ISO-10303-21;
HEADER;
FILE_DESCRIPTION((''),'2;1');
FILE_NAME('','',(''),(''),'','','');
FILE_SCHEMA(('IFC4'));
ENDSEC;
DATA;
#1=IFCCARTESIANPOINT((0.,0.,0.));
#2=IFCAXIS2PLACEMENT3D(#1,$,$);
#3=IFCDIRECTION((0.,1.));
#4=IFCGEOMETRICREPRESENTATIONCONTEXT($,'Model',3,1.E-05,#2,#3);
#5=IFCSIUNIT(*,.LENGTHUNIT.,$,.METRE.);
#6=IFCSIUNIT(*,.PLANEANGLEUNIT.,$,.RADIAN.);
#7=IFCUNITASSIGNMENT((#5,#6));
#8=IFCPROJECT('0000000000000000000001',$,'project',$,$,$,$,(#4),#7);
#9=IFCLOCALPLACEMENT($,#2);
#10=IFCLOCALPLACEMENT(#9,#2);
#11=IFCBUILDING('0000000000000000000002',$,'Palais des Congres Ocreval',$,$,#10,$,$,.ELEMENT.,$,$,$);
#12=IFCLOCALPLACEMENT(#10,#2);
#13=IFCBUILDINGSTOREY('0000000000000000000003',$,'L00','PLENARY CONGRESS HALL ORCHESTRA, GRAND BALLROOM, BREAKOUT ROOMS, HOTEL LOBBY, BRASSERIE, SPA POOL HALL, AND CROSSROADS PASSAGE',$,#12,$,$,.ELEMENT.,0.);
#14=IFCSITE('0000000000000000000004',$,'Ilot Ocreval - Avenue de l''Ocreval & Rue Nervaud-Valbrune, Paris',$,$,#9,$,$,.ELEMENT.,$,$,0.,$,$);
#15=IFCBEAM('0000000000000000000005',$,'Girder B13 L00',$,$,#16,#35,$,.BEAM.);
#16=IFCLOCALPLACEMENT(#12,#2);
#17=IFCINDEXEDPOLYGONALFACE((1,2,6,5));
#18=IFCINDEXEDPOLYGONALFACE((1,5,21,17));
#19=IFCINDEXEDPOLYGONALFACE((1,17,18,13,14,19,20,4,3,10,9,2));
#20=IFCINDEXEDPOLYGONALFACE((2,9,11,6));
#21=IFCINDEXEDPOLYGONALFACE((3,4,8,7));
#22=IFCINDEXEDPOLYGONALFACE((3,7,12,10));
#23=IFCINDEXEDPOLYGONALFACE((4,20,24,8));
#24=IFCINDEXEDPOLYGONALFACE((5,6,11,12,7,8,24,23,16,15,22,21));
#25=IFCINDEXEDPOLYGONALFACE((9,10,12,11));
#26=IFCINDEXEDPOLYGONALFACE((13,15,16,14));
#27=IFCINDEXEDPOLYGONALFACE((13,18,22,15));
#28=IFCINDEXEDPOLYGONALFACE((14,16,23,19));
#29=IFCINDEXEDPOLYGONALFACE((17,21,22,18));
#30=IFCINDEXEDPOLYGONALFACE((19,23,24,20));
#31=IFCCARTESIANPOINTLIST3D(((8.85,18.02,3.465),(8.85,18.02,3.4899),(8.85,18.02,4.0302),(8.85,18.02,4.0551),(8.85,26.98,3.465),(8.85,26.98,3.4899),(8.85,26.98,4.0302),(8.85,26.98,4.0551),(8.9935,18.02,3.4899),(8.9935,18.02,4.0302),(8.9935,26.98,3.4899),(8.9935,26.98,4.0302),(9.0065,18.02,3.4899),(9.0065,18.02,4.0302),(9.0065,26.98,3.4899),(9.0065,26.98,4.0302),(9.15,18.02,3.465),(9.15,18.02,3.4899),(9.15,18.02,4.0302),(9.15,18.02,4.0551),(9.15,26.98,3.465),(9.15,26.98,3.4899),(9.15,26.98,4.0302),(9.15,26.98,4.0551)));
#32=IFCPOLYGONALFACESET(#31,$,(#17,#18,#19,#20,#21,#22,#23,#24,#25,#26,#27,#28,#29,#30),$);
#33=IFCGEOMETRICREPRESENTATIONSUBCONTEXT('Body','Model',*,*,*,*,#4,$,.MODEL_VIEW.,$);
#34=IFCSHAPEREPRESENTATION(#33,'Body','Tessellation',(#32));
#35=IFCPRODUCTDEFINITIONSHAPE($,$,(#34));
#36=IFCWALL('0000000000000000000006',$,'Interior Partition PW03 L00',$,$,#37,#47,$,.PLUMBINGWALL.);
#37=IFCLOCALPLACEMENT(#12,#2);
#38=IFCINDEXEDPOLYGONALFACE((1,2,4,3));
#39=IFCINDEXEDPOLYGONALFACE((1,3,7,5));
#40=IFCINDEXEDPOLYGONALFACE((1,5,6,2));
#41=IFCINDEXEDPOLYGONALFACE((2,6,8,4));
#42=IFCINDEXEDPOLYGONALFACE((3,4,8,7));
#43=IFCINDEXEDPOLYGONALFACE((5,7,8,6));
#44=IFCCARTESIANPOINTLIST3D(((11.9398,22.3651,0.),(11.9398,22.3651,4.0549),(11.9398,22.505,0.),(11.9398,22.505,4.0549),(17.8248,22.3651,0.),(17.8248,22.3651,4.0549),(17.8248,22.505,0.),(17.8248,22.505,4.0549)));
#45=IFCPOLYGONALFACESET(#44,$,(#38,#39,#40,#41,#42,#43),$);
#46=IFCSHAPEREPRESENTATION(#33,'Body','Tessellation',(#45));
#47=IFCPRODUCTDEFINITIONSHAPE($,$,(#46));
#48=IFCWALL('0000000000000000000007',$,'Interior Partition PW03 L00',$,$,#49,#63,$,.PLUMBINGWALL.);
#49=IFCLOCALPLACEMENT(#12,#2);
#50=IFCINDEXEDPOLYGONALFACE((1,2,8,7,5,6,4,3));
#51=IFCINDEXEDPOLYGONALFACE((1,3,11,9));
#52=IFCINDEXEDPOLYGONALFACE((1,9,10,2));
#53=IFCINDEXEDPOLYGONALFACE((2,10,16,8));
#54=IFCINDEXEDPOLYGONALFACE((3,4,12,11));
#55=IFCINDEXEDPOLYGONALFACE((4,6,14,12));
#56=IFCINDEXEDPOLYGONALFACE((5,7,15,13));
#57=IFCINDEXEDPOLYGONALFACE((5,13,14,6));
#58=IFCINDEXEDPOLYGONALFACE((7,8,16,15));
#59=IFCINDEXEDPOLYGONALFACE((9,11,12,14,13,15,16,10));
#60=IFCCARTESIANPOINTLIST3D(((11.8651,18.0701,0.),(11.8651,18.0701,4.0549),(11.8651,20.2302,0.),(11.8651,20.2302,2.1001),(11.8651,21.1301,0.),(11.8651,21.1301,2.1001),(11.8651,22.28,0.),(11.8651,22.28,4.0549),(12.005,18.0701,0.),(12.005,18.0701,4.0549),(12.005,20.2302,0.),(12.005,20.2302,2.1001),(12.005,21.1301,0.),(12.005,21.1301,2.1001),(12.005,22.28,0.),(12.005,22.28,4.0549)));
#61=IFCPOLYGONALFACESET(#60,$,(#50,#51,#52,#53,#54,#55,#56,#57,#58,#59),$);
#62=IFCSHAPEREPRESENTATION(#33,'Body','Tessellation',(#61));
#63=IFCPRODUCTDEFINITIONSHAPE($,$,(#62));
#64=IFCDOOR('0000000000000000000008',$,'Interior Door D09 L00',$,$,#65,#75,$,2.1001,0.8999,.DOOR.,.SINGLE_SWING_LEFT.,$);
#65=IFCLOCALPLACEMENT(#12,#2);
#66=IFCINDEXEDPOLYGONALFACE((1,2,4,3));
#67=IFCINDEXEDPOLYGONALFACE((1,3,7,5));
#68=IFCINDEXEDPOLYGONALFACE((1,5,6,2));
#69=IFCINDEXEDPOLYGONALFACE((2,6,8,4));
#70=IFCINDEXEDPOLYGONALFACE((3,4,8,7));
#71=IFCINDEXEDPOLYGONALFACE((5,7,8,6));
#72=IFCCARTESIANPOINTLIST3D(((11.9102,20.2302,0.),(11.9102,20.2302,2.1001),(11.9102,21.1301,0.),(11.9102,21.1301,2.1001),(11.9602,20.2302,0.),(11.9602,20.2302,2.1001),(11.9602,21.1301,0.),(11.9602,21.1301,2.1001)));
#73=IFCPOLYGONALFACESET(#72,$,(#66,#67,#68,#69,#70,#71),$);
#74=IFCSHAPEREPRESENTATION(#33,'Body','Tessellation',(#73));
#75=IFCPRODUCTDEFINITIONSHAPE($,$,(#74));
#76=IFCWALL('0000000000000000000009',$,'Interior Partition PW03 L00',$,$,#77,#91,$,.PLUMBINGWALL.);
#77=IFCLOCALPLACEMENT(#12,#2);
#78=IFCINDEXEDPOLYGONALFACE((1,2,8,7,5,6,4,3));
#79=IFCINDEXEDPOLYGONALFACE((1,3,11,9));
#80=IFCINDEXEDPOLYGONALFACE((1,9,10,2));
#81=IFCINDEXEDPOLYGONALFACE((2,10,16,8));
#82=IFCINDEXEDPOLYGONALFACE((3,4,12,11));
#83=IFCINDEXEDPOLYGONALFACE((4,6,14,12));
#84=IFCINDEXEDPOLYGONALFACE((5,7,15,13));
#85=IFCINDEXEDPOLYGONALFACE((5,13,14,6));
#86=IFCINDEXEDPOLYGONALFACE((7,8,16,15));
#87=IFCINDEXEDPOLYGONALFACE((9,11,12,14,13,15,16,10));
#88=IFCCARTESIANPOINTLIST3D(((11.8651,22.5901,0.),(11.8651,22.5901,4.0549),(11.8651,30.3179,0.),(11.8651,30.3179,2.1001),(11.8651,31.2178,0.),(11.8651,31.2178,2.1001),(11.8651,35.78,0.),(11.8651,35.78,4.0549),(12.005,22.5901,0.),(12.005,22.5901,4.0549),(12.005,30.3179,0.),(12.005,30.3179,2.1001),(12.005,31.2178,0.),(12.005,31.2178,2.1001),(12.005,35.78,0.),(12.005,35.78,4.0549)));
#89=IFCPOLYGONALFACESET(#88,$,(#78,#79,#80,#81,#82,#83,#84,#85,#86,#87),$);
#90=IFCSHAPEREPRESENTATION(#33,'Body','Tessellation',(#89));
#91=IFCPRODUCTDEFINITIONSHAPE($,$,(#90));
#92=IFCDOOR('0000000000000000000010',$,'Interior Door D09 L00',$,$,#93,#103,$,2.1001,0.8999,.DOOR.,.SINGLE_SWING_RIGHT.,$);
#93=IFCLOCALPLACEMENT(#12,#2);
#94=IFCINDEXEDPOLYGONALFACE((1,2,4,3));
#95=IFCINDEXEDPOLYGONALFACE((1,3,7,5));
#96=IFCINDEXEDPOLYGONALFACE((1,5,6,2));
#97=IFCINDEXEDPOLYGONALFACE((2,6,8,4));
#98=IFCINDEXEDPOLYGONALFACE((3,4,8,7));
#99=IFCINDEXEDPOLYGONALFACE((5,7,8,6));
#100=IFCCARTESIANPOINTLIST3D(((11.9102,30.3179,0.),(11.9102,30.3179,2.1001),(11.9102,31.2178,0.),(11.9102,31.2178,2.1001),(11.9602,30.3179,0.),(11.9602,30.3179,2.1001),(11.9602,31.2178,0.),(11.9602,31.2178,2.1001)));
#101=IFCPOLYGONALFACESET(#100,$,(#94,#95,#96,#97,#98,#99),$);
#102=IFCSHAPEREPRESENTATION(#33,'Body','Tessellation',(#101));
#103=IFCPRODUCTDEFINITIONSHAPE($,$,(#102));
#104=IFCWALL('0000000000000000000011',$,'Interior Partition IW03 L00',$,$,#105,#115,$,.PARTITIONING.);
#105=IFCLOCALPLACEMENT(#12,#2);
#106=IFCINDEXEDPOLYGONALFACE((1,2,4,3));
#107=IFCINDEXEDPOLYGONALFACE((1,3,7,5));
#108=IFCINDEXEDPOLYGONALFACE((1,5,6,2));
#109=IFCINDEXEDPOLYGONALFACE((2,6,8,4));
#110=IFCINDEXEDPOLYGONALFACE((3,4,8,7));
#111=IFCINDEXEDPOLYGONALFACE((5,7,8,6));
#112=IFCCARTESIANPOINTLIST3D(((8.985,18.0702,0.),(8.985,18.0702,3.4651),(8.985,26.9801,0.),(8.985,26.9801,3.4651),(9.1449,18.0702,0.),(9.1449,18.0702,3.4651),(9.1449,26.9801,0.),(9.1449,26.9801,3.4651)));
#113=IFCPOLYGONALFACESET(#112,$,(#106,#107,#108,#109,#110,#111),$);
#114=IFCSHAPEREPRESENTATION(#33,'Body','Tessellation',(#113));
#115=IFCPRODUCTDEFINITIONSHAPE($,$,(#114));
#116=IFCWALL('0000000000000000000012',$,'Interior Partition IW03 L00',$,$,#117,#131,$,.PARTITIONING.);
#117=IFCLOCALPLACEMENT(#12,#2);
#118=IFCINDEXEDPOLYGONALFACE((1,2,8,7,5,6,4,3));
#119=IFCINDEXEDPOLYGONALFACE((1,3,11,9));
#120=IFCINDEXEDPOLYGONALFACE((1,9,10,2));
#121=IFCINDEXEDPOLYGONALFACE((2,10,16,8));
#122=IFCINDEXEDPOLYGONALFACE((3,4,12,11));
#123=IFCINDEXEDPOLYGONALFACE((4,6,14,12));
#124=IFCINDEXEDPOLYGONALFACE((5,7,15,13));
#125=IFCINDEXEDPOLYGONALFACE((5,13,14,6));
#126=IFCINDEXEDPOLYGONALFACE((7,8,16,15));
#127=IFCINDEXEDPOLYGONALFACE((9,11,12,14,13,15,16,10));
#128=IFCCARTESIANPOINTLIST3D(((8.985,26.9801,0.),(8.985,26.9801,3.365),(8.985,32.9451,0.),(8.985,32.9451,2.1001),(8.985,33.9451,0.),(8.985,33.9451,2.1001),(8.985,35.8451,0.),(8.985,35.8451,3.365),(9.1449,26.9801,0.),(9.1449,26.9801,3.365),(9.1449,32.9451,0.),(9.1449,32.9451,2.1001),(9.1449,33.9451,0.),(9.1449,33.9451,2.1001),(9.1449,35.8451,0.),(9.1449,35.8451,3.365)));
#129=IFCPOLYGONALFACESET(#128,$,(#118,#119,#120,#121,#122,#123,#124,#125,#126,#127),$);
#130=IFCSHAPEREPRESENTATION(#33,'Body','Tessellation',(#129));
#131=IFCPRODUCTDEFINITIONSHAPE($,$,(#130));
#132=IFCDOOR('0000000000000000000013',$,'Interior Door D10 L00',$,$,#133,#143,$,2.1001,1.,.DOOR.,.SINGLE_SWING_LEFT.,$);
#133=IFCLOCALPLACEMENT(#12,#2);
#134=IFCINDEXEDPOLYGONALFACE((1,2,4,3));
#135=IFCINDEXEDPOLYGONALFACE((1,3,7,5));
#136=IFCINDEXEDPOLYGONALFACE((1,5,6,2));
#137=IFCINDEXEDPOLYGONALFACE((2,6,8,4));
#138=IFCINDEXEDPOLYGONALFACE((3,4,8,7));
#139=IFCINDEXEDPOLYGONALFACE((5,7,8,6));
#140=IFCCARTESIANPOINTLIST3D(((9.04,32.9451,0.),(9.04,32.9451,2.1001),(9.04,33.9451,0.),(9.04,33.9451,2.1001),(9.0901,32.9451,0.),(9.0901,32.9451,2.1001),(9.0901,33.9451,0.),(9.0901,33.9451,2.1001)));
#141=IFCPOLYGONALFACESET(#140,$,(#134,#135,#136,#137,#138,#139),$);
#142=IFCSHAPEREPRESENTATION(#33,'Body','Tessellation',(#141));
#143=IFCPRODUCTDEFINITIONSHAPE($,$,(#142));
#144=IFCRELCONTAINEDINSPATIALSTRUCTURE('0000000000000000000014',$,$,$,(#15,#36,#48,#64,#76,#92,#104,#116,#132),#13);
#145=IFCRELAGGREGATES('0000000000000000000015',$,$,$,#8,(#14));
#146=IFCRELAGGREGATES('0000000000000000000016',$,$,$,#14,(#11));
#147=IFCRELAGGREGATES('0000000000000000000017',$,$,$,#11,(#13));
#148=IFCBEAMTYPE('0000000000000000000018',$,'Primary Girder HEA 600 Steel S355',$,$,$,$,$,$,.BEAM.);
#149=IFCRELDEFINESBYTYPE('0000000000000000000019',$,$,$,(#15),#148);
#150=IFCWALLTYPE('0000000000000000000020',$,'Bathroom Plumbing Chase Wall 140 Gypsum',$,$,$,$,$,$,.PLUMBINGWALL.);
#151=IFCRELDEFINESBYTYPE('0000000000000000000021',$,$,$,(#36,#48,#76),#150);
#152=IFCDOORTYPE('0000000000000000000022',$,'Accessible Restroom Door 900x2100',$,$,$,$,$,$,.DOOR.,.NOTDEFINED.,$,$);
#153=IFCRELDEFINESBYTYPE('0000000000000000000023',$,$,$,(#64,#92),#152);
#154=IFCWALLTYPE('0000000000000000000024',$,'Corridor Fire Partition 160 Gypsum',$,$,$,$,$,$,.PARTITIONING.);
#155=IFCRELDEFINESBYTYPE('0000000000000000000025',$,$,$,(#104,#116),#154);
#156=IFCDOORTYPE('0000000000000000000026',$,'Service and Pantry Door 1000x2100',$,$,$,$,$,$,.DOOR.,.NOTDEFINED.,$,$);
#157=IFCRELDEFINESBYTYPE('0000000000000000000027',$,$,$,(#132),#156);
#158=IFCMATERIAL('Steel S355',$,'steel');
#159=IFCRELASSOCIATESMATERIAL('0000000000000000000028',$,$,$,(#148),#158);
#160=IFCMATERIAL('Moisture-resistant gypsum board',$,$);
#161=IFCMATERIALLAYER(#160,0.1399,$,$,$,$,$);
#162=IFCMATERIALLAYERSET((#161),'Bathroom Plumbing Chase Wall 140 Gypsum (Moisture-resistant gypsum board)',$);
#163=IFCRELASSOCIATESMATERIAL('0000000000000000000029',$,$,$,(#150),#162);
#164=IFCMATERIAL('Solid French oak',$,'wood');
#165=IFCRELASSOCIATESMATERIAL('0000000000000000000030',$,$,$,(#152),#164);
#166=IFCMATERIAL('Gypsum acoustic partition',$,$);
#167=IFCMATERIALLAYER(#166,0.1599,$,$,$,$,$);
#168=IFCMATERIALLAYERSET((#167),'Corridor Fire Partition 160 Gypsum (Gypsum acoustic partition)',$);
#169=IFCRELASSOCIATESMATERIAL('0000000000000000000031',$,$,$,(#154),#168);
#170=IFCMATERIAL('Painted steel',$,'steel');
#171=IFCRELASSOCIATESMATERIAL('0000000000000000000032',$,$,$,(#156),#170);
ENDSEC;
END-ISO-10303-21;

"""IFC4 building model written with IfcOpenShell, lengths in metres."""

from ifc_helpers import new_model, si_unit, direction, frame, frame_2d, origin, origin_2d, place, context, subcontext, project, spatial, rectangle, i_section, extrude, material, layer, layer_set, material_profile, profile_set, type_object, element, fill, save


model = new_model("IFC4")

# Units and contexts
model_context = context("Model", 3, precision=1e-05, world=origin(), true_north=direction((0.0, 1.0)))
body_context = subcontext(model_context, "Body", "Model", "MODEL_VIEW")
ifc_project = project(units=[si_unit("LENGTHUNIT", "METRE"), si_unit("PLANEANGLEUNIT", "RADIAN")], contexts=[model_context])

# Site, building, storey
site_placement = place(None, origin())
site = spatial("IfcSite", under=ifc_project, at=site_placement, Name="Ilot Ocreval - Avenue de l'Ocreval & Rue Nervaud-Valbrune, Paris", CompositionType="ELEMENT", RefElevation=0.0)
building_placement = place(site_placement, origin())
building = spatial("IfcBuilding", under=site, at=building_placement, Name="Palais des Congres Ocreval", CompositionType="ELEMENT")
storey_placement = place(building_placement, origin())
storey = spatial("IfcBuildingStorey", under=building, at=storey_placement, Name="L00", Description="PLENARY CONGRESS HALL ORCHESTRA, GRAND BALLROOM, BREAKOUT ROOMS, HOTEL LOBBY, BRASSERIE, SPA POOL HALL, AND CROSSROADS PASSAGE", CompositionType="ELEMENT", Elevation=0.0)

# Beam
ifc_material_1 = material(Name="Steel S355", Category="steel")
ifc_material_profile_1 = material_profile(ifc_material_1, i_section(OverallWidth=0.3, OverallDepth=0.5901, WebThickness=0.0129, FlangeThickness=0.0249, at=origin_2d()), Name="HEA 600")
ifc_profile_set_1 = profile_set([ifc_material_profile_1], Name="Steel S355")
beam_type_1 = type_object("IfcBeamType", Name="Primary Girder HEA 600 Steel S355", PredefinedType="BEAM", material=ifc_profile_set_1)
beam_1_placement = place(storey_placement, frame((9.0, 18.02, 3.76), z_axis=(0.0, 1.0, 0.0), x_axis=(-1.0, 0.0, 0.0)))
element("IfcBeam", 1, at=beam_1_placement, inside=storey, type_object=beam_type_1, Name="Girder B13 L00", PredefinedType="BEAM", context=body_context, shape_type="SweptSolid", body=[
    extrude(i_section(OverallWidth=0.3, OverallDepth=0.5901, WebThickness=0.0129, FlangeThickness=0.0249, at=origin_2d()), origin(), (0.0, 0.0, 1.0), 8.96),
])

# Wall
ifc_material_2 = material(Name="Moisture-resistant gypsum board")
ifc_layer_1 = layer(ifc_material_2, 0.1399)
ifc_layer_set_1 = layer_set([ifc_layer_1], Name="Bathroom Plumbing Chase Wall 140 Gypsum (Moisture-resistant gypsum board)")
wall_type_1 = type_object("IfcWallType", Name="Bathroom Plumbing Chase Wall 140 Gypsum", PredefinedType="PLUMBINGWALL", material=ifc_layer_set_1)
wall_1_placement = place(storey_placement, frame((11.9399, 22.4351, 0.0), z_axis=(0.0, 0.0, 1.0), x_axis=(1.0, 0.0, 0.0)))
element("IfcWall", 2, at=wall_1_placement, inside=storey, type_object=wall_type_1, Name="Interior Partition PW03 L00", PredefinedType="PLUMBINGWALL", context=body_context, shape_type="SweptSolid", body=[
    extrude(rectangle(XDim=5.885, YDim=0.1399, at=frame_2d((2.9424, 0.0))), origin(), (0.0, 0.0, 1.0), 4.0549),
])

# Walls, openings, doors
wall_2_placement = place(storey_placement, frame((11.9351, 18.0701, 0.0), z_axis=(0.0, 0.0, 1.0), x_axis=(0.0, 1.0, 0.0)))
wall_2 = element("IfcWall", 3, at=wall_2_placement, inside=storey, type_object=wall_type_1, Name="Interior Partition PW03 L00", PredefinedType="PLUMBINGWALL", context=body_context, shape_type="SweptSolid", body=[
    extrude(rectangle(XDim=4.21, YDim=0.1399, at=frame_2d((2.105, 0.0))), origin(), (0.0, 0.0, 1.0), 4.0549),
])
opening_1_placement = place(wall_2_placement, frame((2.1602, 0.0, 0.0)))
opening_1 = element("IfcOpeningElement", 4, at=opening_1_placement, cuts=wall_2, PredefinedType="OPENING", context=body_context, shape_type="SweptSolid", body=[
    extrude(rectangle(XDim=0.8999, YDim=2.1001, at=frame_2d((0.45, 1.05))), frame((0.0, 0.0798, 0.0), z_axis=(0.0, -1.0, 0.0), x_axis=(1.0, 0.0, 0.0)), (0.0, 0.0, 1.0), 0.1599),
])
ifc_material_3 = material(Name="Solid French oak", Category="wood")
door_type_1 = type_object("IfcDoorType", Name="Accessible Restroom Door 900x2100", OperationType="NOTDEFINED", PredefinedType="DOOR", material=ifc_material_3)
door_1_placement = place(opening_1_placement, origin())
door_1 = element("IfcDoor", 5, at=door_1_placement, inside=storey, type_object=door_type_1, Name="Interior Door D09 L00", OperationType="SINGLE_SWING_LEFT", OverallHeight=2.1001, OverallWidth=0.8999, PredefinedType="DOOR", context=body_context, shape_type="SweptSolid", body=[
    extrude(rectangle(XDim=0.8999, YDim=2.1001, at=frame_2d((0.45, 1.05))), frame((0.0, 0.0249, 0.0), z_axis=(0.0, -1.0, 0.0), x_axis=(1.0, 0.0, 0.0)), (0.0, 0.0, 1.0), 0.05),
])
fill(opening_1, door_1)
wall_3_placement = place(storey_placement, frame((11.9351, 22.5901, 0.0), z_axis=(0.0, 0.0, 1.0), x_axis=(0.0, 1.0, 0.0)))
wall_3 = element("IfcWall", 6, at=wall_3_placement, inside=storey, type_object=wall_type_1, Name="Interior Partition PW03 L00", PredefinedType="PLUMBINGWALL", context=body_context, shape_type="SweptSolid", body=[
    extrude(rectangle(XDim=13.1899, YDim=0.1399, at=frame_2d((6.595, 0.0))), origin(), (0.0, 0.0, 1.0), 4.0549),
])
opening_2_placement = place(wall_3_placement, frame((7.7278, 0.0, 0.0)))
opening_2 = element("IfcOpeningElement", 7, at=opening_2_placement, cuts=wall_3, PredefinedType="OPENING", context=body_context, shape_type="SweptSolid", body=[
    extrude(rectangle(XDim=0.8999, YDim=2.1001, at=frame_2d((0.45, 1.05))), frame((0.0, 0.0798, 0.0), z_axis=(0.0, -1.0, 0.0), x_axis=(1.0, 0.0, 0.0)), (0.0, 0.0, 1.0), 0.1599),
])
door_2_placement = place(opening_2_placement, origin())
door_2 = element("IfcDoor", 8, at=door_2_placement, inside=storey, type_object=door_type_1, Name="Interior Door D09 L00", OperationType="SINGLE_SWING_RIGHT", OverallHeight=2.1001, OverallWidth=0.8999, PredefinedType="DOOR", context=body_context, shape_type="SweptSolid", body=[
    extrude(rectangle(XDim=0.8999, YDim=2.1001, at=frame_2d((0.45, 1.05))), frame((0.0, 0.0249, 0.0), z_axis=(0.0, -1.0, 0.0), x_axis=(1.0, 0.0, 0.0)), (0.0, 0.0, 1.0), 0.05),
])
fill(opening_2, door_2)

# Wall
ifc_material_4 = material(Name="Gypsum acoustic partition")
ifc_layer_2 = layer(ifc_material_4, 0.1599)
ifc_layer_set_2 = layer_set([ifc_layer_2], Name="Corridor Fire Partition 160 Gypsum (Gypsum acoustic partition)")
wall_type_2 = type_object("IfcWallType", Name="Corridor Fire Partition 160 Gypsum", PredefinedType="PARTITIONING", material=ifc_layer_set_2)
wall_4_placement = place(storey_placement, frame((9.0649, 18.0701, 0.0), z_axis=(0.0, 0.0, 1.0), x_axis=(0.0, 1.0, 0.0)))
element("IfcWall", 9, at=wall_4_placement, inside=storey, type_object=wall_type_2, Name="Interior Partition IW03 L00", PredefinedType="PARTITIONING", context=body_context, shape_type="SweptSolid", body=[
    extrude(rectangle(XDim=8.9099, YDim=0.1599, at=frame_2d((4.4551, 0.0))), origin(), (0.0, 0.0, 1.0), 3.4651),
])

# Wall, opening, door
wall_5_placement = place(storey_placement, frame((9.0649, 26.98, 0.0), z_axis=(0.0, 0.0, 1.0), x_axis=(0.0, 1.0, 0.0)))
wall_5 = element("IfcWall", 10, at=wall_5_placement, inside=storey, type_object=wall_type_2, Name="Interior Partition IW03 L00", PredefinedType="PARTITIONING", context=body_context, shape_type="SweptSolid", body=[
    extrude(rectangle(XDim=8.865, YDim=0.1599, at=frame_2d((4.4326, 0.0))), origin(), (0.0, 0.0, 1.0), 3.365),
])
opening_3_placement = place(wall_5_placement, frame((5.9651, 0.0, 0.0)))
opening_3 = element("IfcOpeningElement", 11, at=opening_3_placement, cuts=wall_5, PredefinedType="OPENING", context=body_context, shape_type="SweptSolid", body=[
    extrude(rectangle(XDim=1.0, YDim=2.1001, at=frame_2d((0.5, 1.05))), frame((0.0, 0.0898, 0.0), z_axis=(0.0, -1.0, 0.0), x_axis=(1.0, 0.0, 0.0)), (0.0, 0.0, 1.0), 0.1799),
])
ifc_material_5 = material(Name="Painted steel", Category="steel")
door_type_2 = type_object("IfcDoorType", Name="Service and Pantry Door 1000x2100", OperationType="NOTDEFINED", PredefinedType="DOOR", material=ifc_material_5)
door_3_placement = place(opening_3_placement, origin())
door_3 = element("IfcDoor", 12, at=door_3_placement, inside=storey, type_object=door_type_2, Name="Interior Door D10 L00", OperationType="SINGLE_SWING_LEFT", OverallHeight=2.1001, OverallWidth=1.0, PredefinedType="DOOR", context=body_context, shape_type="SweptSolid", body=[
    extrude(rectangle(XDim=1.0, YDim=2.1001, at=frame_2d((0.5, 1.05))), frame((0.0, 0.0249, 0.0), z_axis=(0.0, -1.0, 0.0), x_axis=(1.0, 0.0, 0.0)), (0.0, 0.0, 1.0), 0.05),
])
fill(opening_3, door_3)

save(model, "model.ifc")
